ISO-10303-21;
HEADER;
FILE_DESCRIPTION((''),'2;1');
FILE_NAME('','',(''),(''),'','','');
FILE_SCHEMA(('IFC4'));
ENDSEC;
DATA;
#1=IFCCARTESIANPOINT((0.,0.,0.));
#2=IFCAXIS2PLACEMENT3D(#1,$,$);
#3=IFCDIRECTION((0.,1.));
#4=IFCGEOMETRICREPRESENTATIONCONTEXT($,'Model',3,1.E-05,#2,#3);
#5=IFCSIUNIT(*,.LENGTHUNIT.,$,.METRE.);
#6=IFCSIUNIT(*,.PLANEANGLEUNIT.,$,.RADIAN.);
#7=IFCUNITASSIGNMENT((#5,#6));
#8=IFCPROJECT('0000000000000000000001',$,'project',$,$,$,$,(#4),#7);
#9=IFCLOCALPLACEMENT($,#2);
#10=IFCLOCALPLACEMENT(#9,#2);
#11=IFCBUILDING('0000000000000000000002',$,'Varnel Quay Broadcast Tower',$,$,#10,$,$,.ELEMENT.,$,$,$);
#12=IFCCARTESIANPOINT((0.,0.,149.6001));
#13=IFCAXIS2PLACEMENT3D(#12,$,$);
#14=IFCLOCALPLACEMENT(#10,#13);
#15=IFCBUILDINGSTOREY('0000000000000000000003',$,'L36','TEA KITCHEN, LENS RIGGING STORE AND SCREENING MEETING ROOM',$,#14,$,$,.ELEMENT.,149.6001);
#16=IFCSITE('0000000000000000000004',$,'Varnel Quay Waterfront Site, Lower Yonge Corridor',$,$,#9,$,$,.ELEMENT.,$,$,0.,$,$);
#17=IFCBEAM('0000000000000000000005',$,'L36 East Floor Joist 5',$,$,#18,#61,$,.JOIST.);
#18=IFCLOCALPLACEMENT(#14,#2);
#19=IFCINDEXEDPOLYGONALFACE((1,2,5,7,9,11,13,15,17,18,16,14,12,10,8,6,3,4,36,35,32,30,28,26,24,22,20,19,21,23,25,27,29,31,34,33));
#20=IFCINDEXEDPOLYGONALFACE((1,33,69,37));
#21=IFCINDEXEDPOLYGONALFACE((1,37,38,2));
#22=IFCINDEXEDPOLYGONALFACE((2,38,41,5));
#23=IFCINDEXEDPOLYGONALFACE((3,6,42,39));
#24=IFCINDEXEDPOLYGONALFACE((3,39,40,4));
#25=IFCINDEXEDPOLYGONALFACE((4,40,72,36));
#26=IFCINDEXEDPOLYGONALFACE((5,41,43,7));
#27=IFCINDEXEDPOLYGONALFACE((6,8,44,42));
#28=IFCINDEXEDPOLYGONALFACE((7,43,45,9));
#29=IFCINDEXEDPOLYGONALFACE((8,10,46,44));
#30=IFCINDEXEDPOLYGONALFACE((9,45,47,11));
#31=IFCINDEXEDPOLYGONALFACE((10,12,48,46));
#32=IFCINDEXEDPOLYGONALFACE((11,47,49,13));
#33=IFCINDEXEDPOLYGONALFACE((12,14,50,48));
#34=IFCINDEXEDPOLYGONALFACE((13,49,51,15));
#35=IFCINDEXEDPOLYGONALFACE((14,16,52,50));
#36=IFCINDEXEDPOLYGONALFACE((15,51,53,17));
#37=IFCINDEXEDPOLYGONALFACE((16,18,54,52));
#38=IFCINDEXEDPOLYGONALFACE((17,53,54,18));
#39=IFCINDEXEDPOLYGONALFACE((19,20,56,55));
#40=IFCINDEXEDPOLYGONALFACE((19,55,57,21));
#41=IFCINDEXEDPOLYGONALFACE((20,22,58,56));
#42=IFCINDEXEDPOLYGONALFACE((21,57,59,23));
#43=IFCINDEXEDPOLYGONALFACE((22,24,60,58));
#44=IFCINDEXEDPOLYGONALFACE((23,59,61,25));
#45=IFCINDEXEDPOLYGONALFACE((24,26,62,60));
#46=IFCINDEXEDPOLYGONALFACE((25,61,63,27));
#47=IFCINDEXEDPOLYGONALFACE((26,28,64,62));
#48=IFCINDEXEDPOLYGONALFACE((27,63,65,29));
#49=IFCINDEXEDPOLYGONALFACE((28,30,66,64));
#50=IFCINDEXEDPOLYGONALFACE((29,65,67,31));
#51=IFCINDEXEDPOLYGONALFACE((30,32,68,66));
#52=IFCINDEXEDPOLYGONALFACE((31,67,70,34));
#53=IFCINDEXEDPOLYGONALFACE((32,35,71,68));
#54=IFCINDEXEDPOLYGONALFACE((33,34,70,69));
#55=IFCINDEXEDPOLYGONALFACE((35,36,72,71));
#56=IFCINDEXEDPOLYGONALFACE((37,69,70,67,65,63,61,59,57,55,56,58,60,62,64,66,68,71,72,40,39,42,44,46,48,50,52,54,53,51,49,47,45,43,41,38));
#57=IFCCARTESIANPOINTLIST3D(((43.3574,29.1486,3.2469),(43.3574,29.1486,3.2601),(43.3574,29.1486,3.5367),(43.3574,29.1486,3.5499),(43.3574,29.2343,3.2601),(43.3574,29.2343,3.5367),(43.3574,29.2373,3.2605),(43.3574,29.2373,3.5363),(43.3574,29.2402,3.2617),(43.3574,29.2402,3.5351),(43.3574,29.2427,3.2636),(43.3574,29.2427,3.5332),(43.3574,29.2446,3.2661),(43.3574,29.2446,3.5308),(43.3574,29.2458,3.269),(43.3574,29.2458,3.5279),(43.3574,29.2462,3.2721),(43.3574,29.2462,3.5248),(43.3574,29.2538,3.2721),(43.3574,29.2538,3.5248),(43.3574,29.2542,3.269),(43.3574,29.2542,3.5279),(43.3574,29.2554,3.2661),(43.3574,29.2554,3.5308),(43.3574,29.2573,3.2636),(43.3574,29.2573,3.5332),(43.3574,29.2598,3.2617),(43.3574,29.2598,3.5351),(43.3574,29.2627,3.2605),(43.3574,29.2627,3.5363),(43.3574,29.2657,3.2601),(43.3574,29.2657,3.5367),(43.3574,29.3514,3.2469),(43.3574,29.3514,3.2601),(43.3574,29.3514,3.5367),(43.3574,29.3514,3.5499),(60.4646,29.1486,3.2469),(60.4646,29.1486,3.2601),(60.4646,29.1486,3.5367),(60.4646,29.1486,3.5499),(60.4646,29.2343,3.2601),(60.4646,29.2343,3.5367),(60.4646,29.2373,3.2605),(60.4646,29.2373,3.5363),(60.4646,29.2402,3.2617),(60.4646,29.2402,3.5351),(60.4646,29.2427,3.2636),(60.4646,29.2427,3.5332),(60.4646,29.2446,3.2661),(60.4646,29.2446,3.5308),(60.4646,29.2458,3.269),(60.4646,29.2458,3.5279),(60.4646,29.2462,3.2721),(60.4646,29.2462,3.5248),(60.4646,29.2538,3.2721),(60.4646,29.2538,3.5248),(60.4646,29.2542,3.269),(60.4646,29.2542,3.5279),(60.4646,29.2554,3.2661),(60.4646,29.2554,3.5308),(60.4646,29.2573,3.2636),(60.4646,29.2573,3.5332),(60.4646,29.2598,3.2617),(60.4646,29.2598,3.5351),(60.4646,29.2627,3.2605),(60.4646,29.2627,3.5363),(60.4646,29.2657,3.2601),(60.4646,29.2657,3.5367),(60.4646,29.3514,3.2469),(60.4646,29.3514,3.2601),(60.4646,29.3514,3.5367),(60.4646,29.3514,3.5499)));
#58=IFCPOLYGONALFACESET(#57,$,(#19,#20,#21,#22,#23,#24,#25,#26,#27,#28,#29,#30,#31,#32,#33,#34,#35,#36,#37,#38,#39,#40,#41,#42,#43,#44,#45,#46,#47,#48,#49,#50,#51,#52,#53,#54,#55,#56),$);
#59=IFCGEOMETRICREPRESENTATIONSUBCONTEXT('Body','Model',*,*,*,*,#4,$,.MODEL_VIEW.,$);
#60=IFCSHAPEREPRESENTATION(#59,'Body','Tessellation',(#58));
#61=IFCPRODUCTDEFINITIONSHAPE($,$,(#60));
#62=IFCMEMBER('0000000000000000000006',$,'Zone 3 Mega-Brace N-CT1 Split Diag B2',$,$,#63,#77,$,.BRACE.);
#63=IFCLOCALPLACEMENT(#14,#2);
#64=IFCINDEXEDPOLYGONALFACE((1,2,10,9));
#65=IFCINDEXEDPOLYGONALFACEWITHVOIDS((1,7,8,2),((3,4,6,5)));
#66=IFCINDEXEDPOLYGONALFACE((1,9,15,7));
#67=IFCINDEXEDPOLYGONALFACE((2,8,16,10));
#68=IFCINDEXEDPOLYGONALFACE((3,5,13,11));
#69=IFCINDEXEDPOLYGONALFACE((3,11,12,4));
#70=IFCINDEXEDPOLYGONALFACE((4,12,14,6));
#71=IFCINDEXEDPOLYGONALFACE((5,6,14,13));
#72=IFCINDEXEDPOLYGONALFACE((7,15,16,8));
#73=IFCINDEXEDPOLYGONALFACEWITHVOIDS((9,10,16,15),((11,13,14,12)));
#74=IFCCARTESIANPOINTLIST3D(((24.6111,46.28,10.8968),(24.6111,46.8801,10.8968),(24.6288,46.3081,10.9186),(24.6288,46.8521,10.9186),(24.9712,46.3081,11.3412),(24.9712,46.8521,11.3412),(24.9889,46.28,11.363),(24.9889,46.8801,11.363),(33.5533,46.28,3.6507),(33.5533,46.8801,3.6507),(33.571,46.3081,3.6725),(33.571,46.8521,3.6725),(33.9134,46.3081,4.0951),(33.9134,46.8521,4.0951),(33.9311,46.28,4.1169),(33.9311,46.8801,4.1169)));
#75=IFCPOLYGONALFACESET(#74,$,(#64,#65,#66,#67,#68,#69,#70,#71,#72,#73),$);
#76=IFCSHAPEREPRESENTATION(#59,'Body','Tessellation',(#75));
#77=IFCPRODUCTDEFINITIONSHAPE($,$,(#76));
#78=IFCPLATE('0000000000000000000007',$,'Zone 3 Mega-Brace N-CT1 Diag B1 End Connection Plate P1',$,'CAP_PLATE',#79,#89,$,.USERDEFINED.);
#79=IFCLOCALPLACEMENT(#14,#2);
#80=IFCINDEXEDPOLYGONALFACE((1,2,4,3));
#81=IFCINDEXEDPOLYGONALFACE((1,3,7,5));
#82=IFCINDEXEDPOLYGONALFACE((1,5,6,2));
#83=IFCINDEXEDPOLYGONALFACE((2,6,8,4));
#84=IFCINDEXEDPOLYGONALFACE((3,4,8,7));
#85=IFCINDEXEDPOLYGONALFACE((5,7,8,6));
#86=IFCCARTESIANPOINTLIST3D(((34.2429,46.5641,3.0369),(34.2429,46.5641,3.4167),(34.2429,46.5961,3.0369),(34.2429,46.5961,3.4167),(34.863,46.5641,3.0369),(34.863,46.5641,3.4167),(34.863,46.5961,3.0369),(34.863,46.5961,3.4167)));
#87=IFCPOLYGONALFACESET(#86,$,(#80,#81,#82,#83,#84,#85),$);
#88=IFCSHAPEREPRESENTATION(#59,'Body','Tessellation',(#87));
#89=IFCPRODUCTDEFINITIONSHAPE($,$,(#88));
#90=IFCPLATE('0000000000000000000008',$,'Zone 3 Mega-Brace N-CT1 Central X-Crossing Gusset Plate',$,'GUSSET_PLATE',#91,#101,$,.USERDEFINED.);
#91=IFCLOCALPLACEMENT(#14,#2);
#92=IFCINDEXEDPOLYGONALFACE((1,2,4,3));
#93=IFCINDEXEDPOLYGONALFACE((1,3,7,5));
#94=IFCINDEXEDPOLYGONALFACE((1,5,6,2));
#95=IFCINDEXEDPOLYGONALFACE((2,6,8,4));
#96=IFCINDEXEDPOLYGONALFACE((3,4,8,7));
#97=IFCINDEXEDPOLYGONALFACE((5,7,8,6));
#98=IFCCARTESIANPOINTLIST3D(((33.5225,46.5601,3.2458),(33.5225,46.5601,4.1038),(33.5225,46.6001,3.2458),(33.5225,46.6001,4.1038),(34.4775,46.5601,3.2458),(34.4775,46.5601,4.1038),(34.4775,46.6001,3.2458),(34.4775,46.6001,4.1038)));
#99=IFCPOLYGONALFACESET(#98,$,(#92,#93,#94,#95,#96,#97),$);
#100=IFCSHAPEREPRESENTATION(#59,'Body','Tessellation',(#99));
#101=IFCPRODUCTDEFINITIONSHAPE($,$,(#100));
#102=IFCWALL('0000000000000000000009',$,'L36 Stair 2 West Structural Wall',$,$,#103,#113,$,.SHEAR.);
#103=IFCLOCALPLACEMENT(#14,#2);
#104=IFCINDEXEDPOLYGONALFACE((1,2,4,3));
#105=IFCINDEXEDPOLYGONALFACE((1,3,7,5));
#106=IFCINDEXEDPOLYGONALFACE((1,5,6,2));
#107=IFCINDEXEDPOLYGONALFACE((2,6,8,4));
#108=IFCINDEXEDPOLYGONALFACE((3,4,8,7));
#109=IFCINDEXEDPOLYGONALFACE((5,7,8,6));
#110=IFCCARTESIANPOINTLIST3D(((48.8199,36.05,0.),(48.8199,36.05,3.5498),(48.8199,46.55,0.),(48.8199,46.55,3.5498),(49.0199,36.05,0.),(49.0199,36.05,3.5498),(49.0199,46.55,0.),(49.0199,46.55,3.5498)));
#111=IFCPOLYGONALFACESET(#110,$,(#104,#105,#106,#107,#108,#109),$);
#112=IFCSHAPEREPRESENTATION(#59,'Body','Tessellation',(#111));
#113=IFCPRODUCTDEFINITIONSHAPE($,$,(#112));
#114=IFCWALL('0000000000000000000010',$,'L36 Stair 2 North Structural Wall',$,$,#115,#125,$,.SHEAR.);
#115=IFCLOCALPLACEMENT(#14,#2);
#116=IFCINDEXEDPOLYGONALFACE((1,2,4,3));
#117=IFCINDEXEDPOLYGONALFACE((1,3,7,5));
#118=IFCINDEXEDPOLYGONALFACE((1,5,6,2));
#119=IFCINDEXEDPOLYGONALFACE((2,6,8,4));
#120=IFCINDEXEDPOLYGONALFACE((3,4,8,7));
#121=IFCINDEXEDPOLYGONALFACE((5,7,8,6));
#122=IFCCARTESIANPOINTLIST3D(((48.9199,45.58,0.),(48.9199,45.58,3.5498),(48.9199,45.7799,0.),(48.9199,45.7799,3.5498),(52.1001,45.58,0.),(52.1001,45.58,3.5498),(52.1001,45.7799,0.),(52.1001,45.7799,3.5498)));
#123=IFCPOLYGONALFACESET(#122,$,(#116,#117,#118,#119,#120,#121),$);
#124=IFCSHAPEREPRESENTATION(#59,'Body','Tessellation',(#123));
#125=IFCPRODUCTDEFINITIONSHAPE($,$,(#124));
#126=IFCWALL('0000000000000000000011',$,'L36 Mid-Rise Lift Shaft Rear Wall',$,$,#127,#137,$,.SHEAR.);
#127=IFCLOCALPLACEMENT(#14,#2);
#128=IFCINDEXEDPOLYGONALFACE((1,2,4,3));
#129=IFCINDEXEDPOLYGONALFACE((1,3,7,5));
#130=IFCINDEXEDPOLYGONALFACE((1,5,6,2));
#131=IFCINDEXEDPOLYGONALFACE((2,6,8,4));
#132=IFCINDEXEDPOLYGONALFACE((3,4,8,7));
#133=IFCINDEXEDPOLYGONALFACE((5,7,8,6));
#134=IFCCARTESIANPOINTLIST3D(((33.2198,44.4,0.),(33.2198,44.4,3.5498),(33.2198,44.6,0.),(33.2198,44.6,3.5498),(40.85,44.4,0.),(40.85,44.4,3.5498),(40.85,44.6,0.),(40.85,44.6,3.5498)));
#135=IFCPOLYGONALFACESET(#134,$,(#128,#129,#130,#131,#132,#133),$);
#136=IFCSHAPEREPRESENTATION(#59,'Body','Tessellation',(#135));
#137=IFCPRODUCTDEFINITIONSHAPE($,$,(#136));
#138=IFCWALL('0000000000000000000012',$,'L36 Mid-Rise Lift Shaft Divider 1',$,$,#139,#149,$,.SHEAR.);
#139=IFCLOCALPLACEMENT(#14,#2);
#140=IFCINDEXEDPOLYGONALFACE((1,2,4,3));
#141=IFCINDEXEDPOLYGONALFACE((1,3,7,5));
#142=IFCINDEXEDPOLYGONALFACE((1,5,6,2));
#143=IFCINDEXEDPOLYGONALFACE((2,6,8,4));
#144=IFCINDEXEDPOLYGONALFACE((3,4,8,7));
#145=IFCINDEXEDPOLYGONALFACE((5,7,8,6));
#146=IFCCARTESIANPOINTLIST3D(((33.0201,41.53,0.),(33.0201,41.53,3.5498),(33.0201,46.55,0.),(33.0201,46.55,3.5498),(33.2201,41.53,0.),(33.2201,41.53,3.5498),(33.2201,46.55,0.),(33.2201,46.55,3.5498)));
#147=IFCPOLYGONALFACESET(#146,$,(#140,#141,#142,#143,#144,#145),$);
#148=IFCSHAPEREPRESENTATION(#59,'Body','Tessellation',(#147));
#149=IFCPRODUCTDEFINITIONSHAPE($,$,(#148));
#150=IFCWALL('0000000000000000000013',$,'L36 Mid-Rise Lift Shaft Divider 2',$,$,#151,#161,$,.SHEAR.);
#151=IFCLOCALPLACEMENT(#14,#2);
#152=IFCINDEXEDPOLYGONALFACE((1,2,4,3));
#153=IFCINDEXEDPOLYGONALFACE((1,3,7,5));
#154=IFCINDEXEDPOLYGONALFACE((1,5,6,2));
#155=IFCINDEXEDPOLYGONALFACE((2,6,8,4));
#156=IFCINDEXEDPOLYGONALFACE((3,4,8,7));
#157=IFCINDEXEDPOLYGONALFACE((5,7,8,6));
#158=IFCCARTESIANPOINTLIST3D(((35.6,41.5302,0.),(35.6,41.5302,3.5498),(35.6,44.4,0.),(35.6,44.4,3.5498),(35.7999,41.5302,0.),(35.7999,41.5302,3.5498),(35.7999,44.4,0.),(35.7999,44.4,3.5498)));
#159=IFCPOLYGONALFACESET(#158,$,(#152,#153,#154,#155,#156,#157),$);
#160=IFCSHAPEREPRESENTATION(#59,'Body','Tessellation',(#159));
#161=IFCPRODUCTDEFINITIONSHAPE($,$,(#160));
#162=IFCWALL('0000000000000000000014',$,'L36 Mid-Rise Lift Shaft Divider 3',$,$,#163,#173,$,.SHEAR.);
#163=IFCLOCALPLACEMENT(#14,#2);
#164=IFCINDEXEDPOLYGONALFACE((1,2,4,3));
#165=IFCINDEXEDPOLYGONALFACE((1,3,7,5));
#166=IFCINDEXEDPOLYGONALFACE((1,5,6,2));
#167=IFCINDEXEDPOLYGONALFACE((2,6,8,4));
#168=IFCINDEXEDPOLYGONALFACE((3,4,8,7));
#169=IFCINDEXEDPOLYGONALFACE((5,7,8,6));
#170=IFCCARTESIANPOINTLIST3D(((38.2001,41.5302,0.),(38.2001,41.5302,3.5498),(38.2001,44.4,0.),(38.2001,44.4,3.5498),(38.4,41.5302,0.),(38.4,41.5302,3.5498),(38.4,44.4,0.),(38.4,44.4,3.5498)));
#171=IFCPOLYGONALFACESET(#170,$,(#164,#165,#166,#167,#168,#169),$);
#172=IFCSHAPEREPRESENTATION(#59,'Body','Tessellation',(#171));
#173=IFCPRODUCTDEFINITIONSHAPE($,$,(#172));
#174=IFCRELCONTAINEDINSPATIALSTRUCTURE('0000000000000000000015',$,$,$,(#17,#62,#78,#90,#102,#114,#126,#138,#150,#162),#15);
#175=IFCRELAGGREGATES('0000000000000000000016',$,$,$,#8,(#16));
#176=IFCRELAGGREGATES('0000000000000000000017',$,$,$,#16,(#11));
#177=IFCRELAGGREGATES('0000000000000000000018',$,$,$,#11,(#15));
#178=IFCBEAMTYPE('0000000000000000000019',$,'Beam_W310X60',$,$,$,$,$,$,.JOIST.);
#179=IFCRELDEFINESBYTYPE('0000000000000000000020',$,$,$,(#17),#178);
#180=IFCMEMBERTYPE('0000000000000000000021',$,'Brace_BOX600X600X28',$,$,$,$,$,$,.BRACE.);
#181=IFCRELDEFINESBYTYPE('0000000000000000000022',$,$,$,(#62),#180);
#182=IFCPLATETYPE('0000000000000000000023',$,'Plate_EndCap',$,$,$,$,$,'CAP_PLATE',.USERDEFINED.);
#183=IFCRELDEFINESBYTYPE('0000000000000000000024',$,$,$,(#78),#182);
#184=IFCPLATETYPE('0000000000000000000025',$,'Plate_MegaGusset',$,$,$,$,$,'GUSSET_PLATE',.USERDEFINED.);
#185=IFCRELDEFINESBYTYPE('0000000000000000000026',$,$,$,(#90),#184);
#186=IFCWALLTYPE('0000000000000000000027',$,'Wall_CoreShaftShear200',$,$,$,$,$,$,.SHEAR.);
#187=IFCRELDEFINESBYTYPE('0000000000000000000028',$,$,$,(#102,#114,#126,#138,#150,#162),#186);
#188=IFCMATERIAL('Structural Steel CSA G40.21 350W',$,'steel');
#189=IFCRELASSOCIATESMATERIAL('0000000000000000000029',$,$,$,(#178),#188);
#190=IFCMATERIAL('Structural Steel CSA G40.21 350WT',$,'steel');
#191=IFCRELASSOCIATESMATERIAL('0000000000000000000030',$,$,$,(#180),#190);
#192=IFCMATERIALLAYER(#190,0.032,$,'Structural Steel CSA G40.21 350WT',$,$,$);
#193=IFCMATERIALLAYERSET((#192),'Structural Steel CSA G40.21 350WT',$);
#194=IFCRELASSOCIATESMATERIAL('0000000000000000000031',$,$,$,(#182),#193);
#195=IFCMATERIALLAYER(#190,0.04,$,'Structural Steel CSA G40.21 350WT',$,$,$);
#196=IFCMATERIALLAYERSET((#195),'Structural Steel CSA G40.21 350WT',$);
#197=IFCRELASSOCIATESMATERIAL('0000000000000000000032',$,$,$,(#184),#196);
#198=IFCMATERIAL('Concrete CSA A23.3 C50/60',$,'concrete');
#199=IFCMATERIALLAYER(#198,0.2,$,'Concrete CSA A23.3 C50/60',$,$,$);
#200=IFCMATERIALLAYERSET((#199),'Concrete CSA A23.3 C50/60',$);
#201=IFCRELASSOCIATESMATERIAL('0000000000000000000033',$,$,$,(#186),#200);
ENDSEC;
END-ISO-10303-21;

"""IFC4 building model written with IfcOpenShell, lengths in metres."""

from ifc_helpers import new_model, si_unit, direction, frame, frame_2d, origin, origin_2d, place, context, subcontext, project, spatial, rectangle, hollow_rectangle, i_section, extrude, source, transform, mapped, material, layer, layer_set, material_profile, profile_set, type_object, type_shapes, element, save


model = new_model("IFC4")

# Units and contexts
model_context = context("Model", 3, precision=1e-05, world=origin(), true_north=direction((0.0, 1.0)))
body_context = subcontext(model_context, "Body", "Model", "MODEL_VIEW")
ifc_project = project(units=[si_unit("LENGTHUNIT", "METRE"), si_unit("PLANEANGLEUNIT", "RADIAN")], contexts=[model_context])

# Site, building, storey
site_placement = place(None, origin())
site = spatial("IfcSite", under=ifc_project, at=site_placement, Name="Varnel Quay Waterfront Site, Lower Yonge Corridor", CompositionType="ELEMENT", RefElevation=0.0)
building_placement = place(site_placement, origin())
building = spatial("IfcBuilding", under=site, at=building_placement, Name="Varnel Quay Broadcast Tower", CompositionType="ELEMENT")
storey_placement = place(building_placement, frame((0.0, 0.0, 149.6001)))
storey = spatial("IfcBuildingStorey", under=building, at=storey_placement, Name="L36", Description="TEA KITCHEN, LENS RIGGING STORE AND SCREENING MEETING ROOM", CompositionType="ELEMENT", Elevation=149.6001)

# Shared definitions
ifc_material_1 = material(Name="Structural Steel CSA G40.21 350WT", Category="steel")

# Beam
ifc_material_2 = material(Name="Concrete CSA A23.3 C50/60", Category="concrete")
ifc_material_3 = material(Name="Structural Steel CSA G40.21 350W", Category="steel")
ifc_material_profile_1 = material_profile(ifc_material_3, i_section(OverallWidth=0.2029, OverallDepth=0.303, WebThickness=0.0076, FlangeThickness=0.0132, FilletRadius=0.012, at=origin_2d()), Name="W310X60")
ifc_profile_set_1 = profile_set([ifc_material_profile_1], Name="Structural Steel CSA G40.21 350W")
beam_type_1 = type_object("IfcBeamType", Name="Beam_W310X60", PredefinedType="JOIST", material=ifc_profile_set_1)
shared_shape_1 = source(origin(), body_context, "Body", "SweptSolid", [
    extrude(i_section(OverallWidth=0.2029, OverallDepth=0.303, WebThickness=0.0076, FlangeThickness=0.0132, FilletRadius=0.012, at=origin_2d()), origin(), (0.0, 0.0, 1.0), 17.1072),
])
type_shapes(beam_type_1, [shared_shape_1])
beam_1_placement = place(storey_placement, frame((43.3574, 29.25, 3.3984), z_axis=(1.0, 0.0, 0.0), x_axis=(0.0, 1.0, 0.0)))
element("IfcBeam", 1, at=beam_1_placement, inside=storey, type_object=beam_type_1, Name="L36 East Floor Joist 5", PredefinedType="JOIST", context=body_context, shape_type="MappedRepresentation", body=[
    mapped(shared_shape_1, transform((0.0, 0.0, 0.0), x_axis=(1.0, 0.0, 0.0), y_axis=(0.0, 1.0, 0.0), z_axis=(0.0, 0.0, 1.0), scale=1.0)),
])

# Member
ifc_material_profile_2 = material_profile(ifc_material_1, hollow_rectangle(XDim=0.6001, YDim=0.6001, WallThickness=0.0281, at=origin_2d()), Name="BOX600X600X28")
ifc_profile_set_2 = profile_set([ifc_material_profile_2], Name="Structural Steel CSA G40.21 350WT")
member_type = type_object("IfcMemberType", Name="Brace_BOX600X600X28", PredefinedType="BRACE", material=ifc_profile_set_2)
shared_shape_2 = source(origin(), body_context, "Body", "SweptSolid", [
    extrude(hollow_rectangle(XDim=0.6001, YDim=0.6001, WallThickness=0.0281, at=origin_2d()), origin(), (0.0, 0.0, 1.0), 11.5095),
])
type_shapes(member_type, [shared_shape_2])
member_placement = place(storey_placement, frame((33.7422, 46.5801, 3.8838), z_axis=(-0.776938, 0.0, 0.629577), x_axis=(0.0, -1.0, 0.0)))
element("IfcMember", 2, at=member_placement, inside=storey, type_object=member_type, Name="Zone 3 Mega-Brace N-CT1 Split Diag B2", PredefinedType="BRACE", context=body_context, shape_type="MappedRepresentation", body=[
    mapped(shared_shape_2, transform((0.0, 0.0, 0.0), x_axis=(1.0, 0.0, 0.0), y_axis=(0.0, 1.0, 0.0), z_axis=(0.0, 0.0, 1.0), scale=1.0)),
])

# Plates
ifc_layer_1 = layer(ifc_material_1, 0.032, Name="Structural Steel CSA G40.21 350WT")
ifc_layer_set_1 = layer_set([ifc_layer_1], Name="Structural Steel CSA G40.21 350WT")
plate_type_1 = type_object("IfcPlateType", Name="Plate_EndCap", ElementType="CAP_PLATE", PredefinedType="USERDEFINED", material=ifc_layer_set_1)
shared_shape_3 = source(origin(), body_context, "Body", "SweptSolid", [
    extrude(rectangle(XDim=0.6201, YDim=0.032, at=origin_2d()), origin(), (0.0, 0.0, 1.0), 0.3799),
])
type_shapes(plate_type_1, [shared_shape_3])
plate_1_placement = place(storey_placement, frame((34.553, 46.5801, 3.0369), z_axis=(0.0, 0.0, 1.0), x_axis=(1.0, 0.0, 0.0)))
element("IfcPlate", 3, at=plate_1_placement, inside=storey, type_object=plate_type_1, Name="Zone 3 Mega-Brace N-CT1 Diag B1 End Connection Plate P1", ObjectType="CAP_PLATE", PredefinedType="USERDEFINED", context=body_context, shape_type="MappedRepresentation", body=[
    mapped(shared_shape_3, transform((0.0, 0.0, 0.0), x_axis=(1.0, 0.0, 0.0), y_axis=(0.0, 1.0, 0.0), z_axis=(0.0, 0.0, 1.0), scale=1.0)),
])
ifc_layer_2 = layer(ifc_material_1, 0.04, Name="Structural Steel CSA G40.21 350WT")
ifc_layer_set_2 = layer_set([ifc_layer_2], Name="Structural Steel CSA G40.21 350WT")
plate_type_2 = type_object("IfcPlateType", Name="Plate_MegaGusset", ElementType="GUSSET_PLATE", PredefinedType="USERDEFINED", material=ifc_layer_set_2)
shared_shape_4 = source(origin(), body_context, "Body", "SweptSolid", [
    extrude(rectangle(XDim=0.9551, YDim=0.04, at=origin_2d()), origin(), (0.0, 0.0, 1.0), 0.8579),
])
type_shapes(plate_type_2, [shared_shape_4])
plate_2_placement = place(storey_placement, frame((34.0, 46.5801, 3.2458), z_axis=(0.0, 0.0, 1.0), x_axis=(1.0, 0.0, 0.0)))
element("IfcPlate", 4, at=plate_2_placement, inside=storey, type_object=plate_type_2, Name="Zone 3 Mega-Brace N-CT1 Central X-Crossing Gusset Plate", ObjectType="GUSSET_PLATE", PredefinedType="USERDEFINED", context=body_context, shape_type="MappedRepresentation", body=[
    mapped(shared_shape_4, transform((0.0, 0.0, 0.0), x_axis=(1.0, 0.0, 0.0), y_axis=(0.0, 1.0, 0.0), z_axis=(0.0, 0.0, 1.0), scale=1.0)),
])

# Walls
ifc_layer_3 = layer(ifc_material_2, 0.2, Name="Concrete CSA A23.3 C50/60")
ifc_layer_set_3 = layer_set([ifc_layer_3], Name="Concrete CSA A23.3 C50/60")
wall_type_1 = type_object("IfcWallType", Name="Wall_CoreShaftShear200", PredefinedType="SHEAR", material=ifc_layer_set_3)
wall_1_placement = place(storey_placement, frame((48.9199, 36.05, 0.0), z_axis=(0.0, 0.0, 1.0), x_axis=(0.0, 1.0, 0.0)))
element("IfcWall", 5, at=wall_1_placement, inside=storey, type_object=wall_type_1, Name="L36 Stair 2 West Structural Wall", PredefinedType="SHEAR", context=body_context, shape_type="SweptSolid", body=[
    extrude(rectangle(XDim=10.5, YDim=0.2, at=frame_2d((5.25, 0.0))), origin(), (0.0, 0.0, 1.0), 3.5498),
])
wall_2_placement = place(storey_placement, frame((48.9199, 45.6799, 0.0), z_axis=(0.0, 0.0, 1.0), x_axis=(1.0, 0.0, 0.0)))
element("IfcWall", 6, at=wall_2_placement, inside=storey, type_object=wall_type_1, Name="L36 Stair 2 North Structural Wall", PredefinedType="SHEAR", context=body_context, shape_type="SweptSolid", body=[
    extrude(rectangle(XDim=3.1802, YDim=0.2, at=frame_2d((1.5901, 0.0))), origin(), (0.0, 0.0, 1.0), 3.5498),
])
wall_3_placement = place(storey_placement, frame((33.22, 44.5, 0.0), z_axis=(0.0, 0.0, 1.0), x_axis=(1.0, 0.0, 0.0)))
element("IfcWall", 7, at=wall_3_placement, inside=storey, type_object=wall_type_1, Name="L36 Mid-Rise Lift Shaft Rear Wall", PredefinedType="SHEAR", context=body_context, shape_type="SweptSolid", body=[
    extrude(rectangle(XDim=7.6301, YDim=0.2, at=frame_2d((3.8149, 0.0))), origin(), (0.0, 0.0, 1.0), 3.5498),
])
wall_4_placement = place(storey_placement, frame((33.1201, 41.53, 0.0), z_axis=(0.0, 0.0, 1.0), x_axis=(0.0, 1.0, 0.0)))
element("IfcWall", 8, at=wall_4_placement, inside=storey, type_object=wall_type_1, Name="L36 Mid-Rise Lift Shaft Divider 1", PredefinedType="SHEAR", context=body_context, shape_type="SweptSolid", body=[
    extrude(rectangle(XDim=5.02, YDim=0.2, at=frame_2d((2.51, 0.0))), origin(), (0.0, 0.0, 1.0), 3.5498),
])
for number, where, z_axis, x_axis, name in (
    (9, (35.7, 41.53, 0.0), (0.0, 0.0, 1.0), (0.0, 1.0, 0.0), "L36 Mid-Rise Lift Shaft Divider 2"),
    (10, (38.3, 41.53, 0.0), (0.0, 0.0, 1.0), (0.0, 1.0, 0.0), "L36 Mid-Rise Lift Shaft Divider 3"),
):
    element("IfcWall", number, at=place(storey_placement, frame(where, z_axis=z_axis, x_axis=x_axis)), inside=storey, type_object=wall_type_1, Name=name, PredefinedType="SHEAR", context=body_context, shape_type="SweptSolid", body=[
        extrude(rectangle(XDim=2.8699, YDim=0.2, at=frame_2d((1.4351, 0.0))), origin(), (0.0, 0.0, 1.0), 3.5498),
    ])

save(model, "model.ifc")
